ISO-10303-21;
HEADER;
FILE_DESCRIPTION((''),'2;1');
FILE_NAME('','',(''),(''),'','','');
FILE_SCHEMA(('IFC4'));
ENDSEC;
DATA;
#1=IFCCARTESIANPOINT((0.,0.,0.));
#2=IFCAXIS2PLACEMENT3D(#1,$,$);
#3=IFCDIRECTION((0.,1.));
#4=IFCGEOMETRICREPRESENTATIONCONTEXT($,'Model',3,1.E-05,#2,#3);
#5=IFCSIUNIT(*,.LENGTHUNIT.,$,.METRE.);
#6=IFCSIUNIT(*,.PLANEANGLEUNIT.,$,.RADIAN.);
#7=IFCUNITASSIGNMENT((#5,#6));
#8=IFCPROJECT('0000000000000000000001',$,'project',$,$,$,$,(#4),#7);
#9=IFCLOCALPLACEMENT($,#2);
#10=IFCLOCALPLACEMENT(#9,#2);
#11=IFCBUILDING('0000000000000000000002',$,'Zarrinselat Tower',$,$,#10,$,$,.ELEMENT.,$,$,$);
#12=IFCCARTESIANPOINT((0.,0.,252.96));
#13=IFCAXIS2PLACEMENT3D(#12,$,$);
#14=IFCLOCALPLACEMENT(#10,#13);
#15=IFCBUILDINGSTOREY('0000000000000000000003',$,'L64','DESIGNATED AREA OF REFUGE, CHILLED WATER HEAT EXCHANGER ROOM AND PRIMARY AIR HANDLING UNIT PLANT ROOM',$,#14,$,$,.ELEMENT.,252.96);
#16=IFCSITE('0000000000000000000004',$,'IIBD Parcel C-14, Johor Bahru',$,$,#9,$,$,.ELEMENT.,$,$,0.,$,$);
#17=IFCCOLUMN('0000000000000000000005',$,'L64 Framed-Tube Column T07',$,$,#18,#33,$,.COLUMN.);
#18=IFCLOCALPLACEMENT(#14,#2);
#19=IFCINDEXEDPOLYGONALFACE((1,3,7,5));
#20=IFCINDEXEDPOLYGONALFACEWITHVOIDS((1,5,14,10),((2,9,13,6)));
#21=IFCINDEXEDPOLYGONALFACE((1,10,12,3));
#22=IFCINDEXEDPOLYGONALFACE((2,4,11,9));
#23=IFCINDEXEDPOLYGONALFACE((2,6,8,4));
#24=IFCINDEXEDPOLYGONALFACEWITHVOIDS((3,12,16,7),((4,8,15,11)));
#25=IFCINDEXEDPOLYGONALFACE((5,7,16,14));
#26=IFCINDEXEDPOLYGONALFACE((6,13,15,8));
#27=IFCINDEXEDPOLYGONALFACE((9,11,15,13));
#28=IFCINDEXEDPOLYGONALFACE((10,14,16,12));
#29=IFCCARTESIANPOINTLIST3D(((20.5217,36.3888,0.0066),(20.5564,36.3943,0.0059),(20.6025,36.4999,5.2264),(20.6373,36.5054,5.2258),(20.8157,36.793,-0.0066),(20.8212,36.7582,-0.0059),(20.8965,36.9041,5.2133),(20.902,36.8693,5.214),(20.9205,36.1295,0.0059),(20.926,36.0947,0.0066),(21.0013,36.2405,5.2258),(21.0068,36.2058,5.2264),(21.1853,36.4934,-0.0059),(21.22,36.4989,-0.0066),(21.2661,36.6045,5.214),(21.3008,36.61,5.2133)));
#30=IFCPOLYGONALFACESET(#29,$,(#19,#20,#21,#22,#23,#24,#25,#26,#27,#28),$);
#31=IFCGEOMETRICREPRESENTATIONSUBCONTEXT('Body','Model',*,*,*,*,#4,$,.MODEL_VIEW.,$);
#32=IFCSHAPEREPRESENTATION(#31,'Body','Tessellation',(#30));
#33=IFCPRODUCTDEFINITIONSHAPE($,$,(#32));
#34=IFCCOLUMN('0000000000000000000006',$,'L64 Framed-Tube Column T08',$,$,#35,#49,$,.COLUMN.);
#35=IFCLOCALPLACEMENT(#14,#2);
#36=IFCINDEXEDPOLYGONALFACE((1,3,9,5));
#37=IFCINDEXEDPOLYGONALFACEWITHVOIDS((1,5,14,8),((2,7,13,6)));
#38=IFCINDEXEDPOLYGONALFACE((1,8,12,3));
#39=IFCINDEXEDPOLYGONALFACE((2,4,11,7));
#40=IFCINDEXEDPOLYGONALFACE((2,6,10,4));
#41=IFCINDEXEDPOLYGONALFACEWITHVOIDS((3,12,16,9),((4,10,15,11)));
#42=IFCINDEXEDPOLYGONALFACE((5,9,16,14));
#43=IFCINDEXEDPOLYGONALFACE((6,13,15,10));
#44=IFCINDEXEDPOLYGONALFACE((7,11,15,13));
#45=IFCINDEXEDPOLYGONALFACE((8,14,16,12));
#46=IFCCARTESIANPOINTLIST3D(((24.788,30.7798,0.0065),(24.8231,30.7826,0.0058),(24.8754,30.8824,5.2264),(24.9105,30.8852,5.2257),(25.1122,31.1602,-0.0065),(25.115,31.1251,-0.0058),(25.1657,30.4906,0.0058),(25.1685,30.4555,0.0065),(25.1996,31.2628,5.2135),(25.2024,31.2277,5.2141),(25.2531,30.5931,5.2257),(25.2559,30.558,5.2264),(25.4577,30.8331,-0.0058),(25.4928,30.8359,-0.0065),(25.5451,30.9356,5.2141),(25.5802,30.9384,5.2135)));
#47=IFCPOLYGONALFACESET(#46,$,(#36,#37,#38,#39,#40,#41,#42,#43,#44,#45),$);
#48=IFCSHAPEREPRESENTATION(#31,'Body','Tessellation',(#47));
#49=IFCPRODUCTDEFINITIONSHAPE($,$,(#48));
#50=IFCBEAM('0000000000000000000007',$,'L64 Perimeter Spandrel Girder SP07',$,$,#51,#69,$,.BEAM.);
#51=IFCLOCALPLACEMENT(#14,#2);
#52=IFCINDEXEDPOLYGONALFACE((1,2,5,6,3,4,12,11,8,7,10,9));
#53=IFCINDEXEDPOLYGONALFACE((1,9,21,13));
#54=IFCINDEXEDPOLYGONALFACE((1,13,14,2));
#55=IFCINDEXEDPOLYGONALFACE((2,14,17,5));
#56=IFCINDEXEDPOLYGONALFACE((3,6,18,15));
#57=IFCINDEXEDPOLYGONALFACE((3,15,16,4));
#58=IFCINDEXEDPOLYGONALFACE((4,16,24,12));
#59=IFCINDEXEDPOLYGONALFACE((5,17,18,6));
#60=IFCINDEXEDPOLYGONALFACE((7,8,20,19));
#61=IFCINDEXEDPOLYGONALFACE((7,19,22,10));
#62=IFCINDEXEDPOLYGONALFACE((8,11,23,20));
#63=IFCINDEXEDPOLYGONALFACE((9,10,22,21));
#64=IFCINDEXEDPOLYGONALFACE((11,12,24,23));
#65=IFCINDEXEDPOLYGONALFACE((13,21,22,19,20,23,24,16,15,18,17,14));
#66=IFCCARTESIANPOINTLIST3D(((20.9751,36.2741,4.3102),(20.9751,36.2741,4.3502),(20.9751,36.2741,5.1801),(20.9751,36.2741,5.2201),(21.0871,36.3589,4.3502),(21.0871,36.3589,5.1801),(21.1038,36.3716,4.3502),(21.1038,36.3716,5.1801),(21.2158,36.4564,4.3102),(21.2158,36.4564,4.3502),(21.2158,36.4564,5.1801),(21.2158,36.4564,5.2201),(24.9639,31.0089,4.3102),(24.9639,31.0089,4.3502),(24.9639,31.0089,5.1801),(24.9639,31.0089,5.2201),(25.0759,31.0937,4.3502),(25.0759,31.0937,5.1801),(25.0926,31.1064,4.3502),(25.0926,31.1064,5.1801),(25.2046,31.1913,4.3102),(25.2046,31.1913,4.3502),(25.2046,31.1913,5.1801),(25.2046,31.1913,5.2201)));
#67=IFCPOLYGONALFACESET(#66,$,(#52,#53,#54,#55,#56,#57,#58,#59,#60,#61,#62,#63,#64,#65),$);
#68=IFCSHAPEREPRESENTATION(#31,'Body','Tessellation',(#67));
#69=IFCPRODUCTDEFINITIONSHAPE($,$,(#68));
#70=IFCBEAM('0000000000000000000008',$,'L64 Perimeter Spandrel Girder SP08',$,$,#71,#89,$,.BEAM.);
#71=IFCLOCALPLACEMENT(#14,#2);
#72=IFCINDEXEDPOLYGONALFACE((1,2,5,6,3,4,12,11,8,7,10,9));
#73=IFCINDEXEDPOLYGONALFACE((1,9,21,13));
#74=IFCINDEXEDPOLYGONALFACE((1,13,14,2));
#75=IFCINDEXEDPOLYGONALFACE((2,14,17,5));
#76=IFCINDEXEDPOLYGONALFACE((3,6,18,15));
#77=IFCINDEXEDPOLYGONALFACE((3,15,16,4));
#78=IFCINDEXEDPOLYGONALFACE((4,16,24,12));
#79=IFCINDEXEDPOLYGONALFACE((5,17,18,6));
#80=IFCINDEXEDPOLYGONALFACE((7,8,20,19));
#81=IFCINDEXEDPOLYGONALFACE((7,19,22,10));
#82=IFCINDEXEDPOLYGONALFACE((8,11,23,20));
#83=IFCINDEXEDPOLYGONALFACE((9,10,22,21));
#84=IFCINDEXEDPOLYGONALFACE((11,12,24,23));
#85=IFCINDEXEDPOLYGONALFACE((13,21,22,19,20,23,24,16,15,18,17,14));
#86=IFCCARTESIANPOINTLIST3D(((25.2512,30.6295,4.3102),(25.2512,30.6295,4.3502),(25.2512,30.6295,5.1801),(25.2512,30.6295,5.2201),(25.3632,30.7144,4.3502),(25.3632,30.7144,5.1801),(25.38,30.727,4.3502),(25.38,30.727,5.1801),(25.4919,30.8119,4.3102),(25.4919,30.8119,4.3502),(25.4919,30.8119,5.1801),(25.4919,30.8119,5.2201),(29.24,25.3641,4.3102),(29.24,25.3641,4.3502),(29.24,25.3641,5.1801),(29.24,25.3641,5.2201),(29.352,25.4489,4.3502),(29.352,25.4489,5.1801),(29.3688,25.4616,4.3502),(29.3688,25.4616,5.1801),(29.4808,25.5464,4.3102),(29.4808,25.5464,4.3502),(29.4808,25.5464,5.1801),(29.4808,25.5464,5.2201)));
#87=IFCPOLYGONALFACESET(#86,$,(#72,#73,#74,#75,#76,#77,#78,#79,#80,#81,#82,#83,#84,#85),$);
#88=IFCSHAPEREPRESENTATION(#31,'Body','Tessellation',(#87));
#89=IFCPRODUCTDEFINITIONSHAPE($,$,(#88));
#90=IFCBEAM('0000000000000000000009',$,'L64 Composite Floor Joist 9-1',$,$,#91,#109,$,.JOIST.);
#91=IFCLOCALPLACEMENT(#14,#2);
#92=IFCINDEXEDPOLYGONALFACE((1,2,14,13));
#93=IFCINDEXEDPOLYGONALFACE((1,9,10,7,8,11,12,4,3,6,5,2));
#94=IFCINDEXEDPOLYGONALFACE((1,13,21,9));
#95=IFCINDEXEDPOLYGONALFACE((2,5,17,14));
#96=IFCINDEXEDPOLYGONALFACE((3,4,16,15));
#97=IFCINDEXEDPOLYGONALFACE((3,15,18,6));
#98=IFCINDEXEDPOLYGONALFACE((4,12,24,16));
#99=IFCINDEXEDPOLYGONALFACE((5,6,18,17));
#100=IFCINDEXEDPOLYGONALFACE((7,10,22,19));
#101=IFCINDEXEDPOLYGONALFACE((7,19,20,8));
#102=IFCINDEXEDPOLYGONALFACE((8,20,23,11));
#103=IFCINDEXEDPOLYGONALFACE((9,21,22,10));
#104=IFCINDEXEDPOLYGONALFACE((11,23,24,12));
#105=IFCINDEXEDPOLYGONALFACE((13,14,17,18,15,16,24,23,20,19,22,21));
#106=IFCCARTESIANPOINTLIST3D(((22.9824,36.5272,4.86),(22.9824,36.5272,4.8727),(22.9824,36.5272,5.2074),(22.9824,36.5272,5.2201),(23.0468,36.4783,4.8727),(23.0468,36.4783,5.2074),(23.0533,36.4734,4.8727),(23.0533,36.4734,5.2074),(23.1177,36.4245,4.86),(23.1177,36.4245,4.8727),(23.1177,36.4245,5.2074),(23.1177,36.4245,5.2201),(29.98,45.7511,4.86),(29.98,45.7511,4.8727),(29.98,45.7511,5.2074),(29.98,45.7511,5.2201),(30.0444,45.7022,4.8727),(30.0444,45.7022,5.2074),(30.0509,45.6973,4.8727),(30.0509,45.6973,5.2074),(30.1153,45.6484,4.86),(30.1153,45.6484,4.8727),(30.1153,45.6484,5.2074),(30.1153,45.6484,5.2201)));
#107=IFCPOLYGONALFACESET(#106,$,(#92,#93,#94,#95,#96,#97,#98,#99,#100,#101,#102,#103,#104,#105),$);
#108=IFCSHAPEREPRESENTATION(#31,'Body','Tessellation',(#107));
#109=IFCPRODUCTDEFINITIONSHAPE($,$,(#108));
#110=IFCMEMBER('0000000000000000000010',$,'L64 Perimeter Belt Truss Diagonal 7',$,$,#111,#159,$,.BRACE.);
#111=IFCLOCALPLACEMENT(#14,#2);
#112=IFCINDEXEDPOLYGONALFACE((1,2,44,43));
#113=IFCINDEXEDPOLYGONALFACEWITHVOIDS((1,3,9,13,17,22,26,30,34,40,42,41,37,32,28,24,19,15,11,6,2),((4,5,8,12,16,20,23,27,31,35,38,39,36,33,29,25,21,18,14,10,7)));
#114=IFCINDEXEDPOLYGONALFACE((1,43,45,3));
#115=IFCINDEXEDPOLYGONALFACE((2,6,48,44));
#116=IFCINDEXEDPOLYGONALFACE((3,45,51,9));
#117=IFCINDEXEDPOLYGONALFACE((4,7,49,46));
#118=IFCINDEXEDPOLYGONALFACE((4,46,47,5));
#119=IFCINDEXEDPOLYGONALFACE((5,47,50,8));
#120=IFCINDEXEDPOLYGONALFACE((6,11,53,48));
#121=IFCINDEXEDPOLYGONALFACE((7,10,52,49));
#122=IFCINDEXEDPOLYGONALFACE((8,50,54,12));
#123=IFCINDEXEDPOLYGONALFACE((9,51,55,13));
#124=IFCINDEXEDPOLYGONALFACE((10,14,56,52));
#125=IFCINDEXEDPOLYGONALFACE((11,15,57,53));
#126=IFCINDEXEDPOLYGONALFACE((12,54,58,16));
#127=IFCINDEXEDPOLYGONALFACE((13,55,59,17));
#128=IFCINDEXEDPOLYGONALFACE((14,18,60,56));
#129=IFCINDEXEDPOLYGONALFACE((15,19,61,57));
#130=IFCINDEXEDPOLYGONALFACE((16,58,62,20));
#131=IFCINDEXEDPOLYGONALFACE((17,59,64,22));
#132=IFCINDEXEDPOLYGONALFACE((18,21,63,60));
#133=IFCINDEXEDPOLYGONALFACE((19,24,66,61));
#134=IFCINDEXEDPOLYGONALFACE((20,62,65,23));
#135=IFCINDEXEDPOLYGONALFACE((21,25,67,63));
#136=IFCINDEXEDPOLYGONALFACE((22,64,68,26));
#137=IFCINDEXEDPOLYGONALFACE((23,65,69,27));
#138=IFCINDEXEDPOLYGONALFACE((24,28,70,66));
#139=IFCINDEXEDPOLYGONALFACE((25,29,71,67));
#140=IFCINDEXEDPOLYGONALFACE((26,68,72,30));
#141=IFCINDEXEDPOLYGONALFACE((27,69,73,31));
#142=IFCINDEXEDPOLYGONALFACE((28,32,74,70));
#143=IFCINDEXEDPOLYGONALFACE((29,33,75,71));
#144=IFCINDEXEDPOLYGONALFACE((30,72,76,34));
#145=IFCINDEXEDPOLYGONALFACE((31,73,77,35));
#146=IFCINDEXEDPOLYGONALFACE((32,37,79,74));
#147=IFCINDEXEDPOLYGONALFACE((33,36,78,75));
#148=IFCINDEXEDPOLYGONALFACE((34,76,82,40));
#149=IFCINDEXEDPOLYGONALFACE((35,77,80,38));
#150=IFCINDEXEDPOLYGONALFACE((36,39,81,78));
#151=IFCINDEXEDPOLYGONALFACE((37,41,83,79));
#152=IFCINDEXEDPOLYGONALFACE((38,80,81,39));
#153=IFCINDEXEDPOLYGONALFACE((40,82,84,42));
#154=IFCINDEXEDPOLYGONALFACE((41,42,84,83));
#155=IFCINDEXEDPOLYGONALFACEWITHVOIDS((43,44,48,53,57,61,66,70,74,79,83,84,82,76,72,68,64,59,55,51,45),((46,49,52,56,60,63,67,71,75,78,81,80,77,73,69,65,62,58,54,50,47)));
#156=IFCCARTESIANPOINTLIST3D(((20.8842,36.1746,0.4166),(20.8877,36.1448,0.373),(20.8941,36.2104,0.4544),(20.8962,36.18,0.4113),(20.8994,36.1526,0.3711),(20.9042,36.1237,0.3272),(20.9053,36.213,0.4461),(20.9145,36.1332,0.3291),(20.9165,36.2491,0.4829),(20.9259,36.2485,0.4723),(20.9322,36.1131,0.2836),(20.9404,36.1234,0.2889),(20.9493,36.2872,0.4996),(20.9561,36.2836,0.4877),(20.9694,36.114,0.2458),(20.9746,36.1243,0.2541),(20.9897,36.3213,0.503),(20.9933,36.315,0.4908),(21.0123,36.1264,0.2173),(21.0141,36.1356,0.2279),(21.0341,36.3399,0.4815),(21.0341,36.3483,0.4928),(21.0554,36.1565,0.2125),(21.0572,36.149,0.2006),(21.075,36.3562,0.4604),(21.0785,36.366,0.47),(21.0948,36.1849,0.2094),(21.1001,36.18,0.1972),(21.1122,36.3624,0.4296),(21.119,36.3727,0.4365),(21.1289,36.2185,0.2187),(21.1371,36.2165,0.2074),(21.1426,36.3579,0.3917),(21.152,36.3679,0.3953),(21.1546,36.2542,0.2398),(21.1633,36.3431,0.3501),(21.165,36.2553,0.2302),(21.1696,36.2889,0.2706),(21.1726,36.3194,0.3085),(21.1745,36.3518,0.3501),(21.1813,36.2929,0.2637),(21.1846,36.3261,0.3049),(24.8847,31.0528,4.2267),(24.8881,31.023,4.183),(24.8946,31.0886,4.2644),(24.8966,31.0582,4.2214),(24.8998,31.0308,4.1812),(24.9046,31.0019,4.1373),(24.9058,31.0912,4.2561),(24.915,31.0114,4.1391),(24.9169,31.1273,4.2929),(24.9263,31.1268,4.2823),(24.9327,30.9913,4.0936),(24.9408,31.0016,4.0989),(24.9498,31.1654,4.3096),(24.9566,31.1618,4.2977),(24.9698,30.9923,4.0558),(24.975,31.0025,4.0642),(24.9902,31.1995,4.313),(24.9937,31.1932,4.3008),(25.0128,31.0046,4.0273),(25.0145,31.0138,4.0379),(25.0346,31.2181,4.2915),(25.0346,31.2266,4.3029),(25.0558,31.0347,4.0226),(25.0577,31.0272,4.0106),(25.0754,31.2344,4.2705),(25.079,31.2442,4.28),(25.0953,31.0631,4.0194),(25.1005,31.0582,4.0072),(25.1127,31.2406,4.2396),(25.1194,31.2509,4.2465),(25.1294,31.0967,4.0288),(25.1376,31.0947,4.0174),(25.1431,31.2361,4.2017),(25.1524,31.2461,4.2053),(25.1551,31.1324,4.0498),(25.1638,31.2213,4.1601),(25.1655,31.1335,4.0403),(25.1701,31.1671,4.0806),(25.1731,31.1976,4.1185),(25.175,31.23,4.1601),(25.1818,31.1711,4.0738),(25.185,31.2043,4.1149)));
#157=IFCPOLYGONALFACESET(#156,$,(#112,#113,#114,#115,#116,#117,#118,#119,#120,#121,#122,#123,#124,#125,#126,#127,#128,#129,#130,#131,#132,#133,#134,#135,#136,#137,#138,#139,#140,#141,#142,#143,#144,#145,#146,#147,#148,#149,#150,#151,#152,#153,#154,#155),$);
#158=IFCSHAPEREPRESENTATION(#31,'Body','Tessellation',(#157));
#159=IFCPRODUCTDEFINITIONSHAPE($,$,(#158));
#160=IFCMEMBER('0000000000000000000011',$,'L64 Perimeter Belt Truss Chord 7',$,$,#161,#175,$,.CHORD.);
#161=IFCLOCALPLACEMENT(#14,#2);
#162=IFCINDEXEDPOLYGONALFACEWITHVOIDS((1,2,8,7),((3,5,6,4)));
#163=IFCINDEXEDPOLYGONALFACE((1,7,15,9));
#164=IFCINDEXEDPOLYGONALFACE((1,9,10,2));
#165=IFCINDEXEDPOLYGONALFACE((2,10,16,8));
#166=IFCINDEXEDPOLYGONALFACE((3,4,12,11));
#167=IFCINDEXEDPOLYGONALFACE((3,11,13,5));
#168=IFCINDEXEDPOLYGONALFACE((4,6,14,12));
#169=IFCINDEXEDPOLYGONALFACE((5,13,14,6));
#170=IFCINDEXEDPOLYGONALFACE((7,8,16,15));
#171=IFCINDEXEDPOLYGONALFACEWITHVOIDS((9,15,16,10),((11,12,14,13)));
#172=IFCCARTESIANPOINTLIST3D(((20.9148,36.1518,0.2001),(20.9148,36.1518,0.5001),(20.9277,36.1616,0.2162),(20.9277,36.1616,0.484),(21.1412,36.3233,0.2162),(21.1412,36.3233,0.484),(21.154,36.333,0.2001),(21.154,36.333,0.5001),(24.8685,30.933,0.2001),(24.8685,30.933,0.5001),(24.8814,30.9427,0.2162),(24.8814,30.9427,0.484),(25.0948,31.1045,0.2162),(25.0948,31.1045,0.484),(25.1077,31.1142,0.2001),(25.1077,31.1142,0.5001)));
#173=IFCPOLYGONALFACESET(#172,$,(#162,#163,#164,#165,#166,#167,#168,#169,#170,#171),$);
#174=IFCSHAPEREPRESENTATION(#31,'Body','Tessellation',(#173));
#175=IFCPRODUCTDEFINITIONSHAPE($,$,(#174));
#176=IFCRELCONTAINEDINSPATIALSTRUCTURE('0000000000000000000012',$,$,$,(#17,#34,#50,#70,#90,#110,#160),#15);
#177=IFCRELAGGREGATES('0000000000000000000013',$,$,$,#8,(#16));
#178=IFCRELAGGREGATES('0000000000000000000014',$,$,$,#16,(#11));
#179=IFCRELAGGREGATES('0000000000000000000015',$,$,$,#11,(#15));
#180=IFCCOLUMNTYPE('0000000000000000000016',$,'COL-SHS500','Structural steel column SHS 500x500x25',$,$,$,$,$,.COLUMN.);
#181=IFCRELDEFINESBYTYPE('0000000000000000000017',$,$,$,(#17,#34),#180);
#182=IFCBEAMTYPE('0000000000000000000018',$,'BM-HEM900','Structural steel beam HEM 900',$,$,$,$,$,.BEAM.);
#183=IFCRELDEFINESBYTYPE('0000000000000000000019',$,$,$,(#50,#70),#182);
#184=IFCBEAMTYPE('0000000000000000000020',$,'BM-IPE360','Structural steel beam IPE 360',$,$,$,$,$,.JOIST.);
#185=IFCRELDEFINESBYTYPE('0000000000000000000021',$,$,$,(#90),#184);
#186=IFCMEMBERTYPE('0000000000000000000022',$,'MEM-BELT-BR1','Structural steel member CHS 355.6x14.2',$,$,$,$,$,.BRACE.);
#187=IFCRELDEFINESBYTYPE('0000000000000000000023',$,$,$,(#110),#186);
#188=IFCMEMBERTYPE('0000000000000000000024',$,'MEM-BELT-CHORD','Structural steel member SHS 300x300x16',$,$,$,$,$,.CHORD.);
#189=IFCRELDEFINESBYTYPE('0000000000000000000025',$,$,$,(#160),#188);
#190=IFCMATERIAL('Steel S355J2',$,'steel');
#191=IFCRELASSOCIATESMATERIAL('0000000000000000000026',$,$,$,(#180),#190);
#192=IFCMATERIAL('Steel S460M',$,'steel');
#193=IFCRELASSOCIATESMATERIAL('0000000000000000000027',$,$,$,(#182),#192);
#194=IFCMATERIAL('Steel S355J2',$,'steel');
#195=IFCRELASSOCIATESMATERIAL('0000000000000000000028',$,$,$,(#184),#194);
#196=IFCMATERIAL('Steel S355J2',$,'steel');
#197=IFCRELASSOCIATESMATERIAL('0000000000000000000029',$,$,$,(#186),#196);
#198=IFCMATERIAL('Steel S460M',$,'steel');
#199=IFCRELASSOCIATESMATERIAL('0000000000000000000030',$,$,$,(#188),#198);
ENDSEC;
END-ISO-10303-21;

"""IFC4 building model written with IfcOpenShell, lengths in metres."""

from ifc_helpers import new_model, si_unit, direction, frame, origin, origin_2d, place, context, subcontext, project, spatial, hollow_rectangle, hollow_circle, i_section, extrude, material, material_profile, profile_set, type_object, element, save


model = new_model("IFC4")

# Units and contexts
model_context = context("Model", 3, precision=1e-05, world=origin(), true_north=direction((0.0, 1.0)))
body_context = subcontext(model_context, "Body", "Model", "MODEL_VIEW")
ifc_project = project(units=[si_unit("LENGTHUNIT", "METRE"), si_unit("PLANEANGLEUNIT", "RADIAN")], contexts=[model_context])

# Site, building, storey
site_placement = place(None, origin())
site = spatial("IfcSite", under=ifc_project, at=site_placement, Name="IIBD Parcel C-14, Johor Bahru", CompositionType="ELEMENT", RefElevation=0.0)
building_placement = place(site_placement, origin())
building = spatial("IfcBuilding", under=site, at=building_placement, Name="Zarrinselat Tower", CompositionType="ELEMENT")
storey_placement = place(building_placement, frame((0.0, 0.0, 252.96)))
storey = spatial("IfcBuildingStorey", under=building, at=storey_placement, Name="L64", Description="DESIGNATED AREA OF REFUGE, CHILLED WATER HEAT EXCHANGER ROOM AND PRIMARY AIR HANDLING UNIT PLANT ROOM", CompositionType="ELEMENT", Elevation=252.96)

# Columns
ifc_material_1 = material(Name="Steel S355J2", Category="steel")
ifc_material_profile_1 = material_profile(ifc_material_1, hollow_rectangle(XDim=0.5, YDim=0.5, WallThickness=0.0249, at=origin_2d()), Name="SHS 500x500x25")
ifc_profile_set_1 = profile_set([ifc_material_profile_1], Name="Steel S355J2")
column_type = type_object("IfcColumnType", Name="COL-SHS500", Description="Structural steel column SHS 500x500x25", PredefinedType="COLUMN", material=ifc_profile_set_1)
for number, where, z_axis, x_axis, name in (
    (1, (20.8708, 36.4438, 0.0), (0.015476, 0.021273, 0.999654), (-0.808659, 0.588277, 0.0), "L64 Framed-Tube Column T07"),
    (2, (25.1404, 30.8079, 0.0), (0.016738, 0.019637, 0.999667), (-0.761044, 0.6487, 0.0), "L64 Framed-Tube Column T08"),
):
    element("IfcColumn", number, at=place(storey_placement, frame(where, z_axis=z_axis, x_axis=x_axis)), inside=storey, type_object=column_type, Name=name, PredefinedType="COLUMN", context=body_context, shape_type="SweptSolid", body=[
        extrude(hollow_rectangle(XDim=0.5, YDim=0.5, WallThickness=0.0249, at=origin_2d()), origin(), (0.0, 0.0, 1.0), 5.2217),
    ])

# Beams
ifc_material_2 = material(Name="Steel S460M", Category="steel")
ifc_material_profile_2 = material_profile(ifc_material_2, i_section(OverallWidth=0.302, OverallDepth=0.9099, WebThickness=0.021, FlangeThickness=0.04, at=origin_2d()), Name="HEM 900")
ifc_profile_set_2 = profile_set([ifc_material_profile_2], Name="Steel S460M")
beam_type_1 = type_object("IfcBeamType", Name="BM-HEM900", Description="Structural steel beam HEM 900", PredefinedType="BEAM", material=ifc_profile_set_2)
beam_1_placement = place(storey_placement, frame((21.0955, 36.3652, 4.7651), z_axis=(0.603861, -0.79709, 0.0), x_axis=(0.79709, 0.603861, 0.0)))
element("IfcBeam", 3, at=beam_1_placement, inside=storey, type_object=beam_type_1, Name="L64 Perimeter Spandrel Girder SP07", PredefinedType="BEAM", context=body_context, shape_type="SweptSolid", body=[
    extrude(i_section(OverallWidth=0.302, OverallDepth=0.9099, WebThickness=0.021, FlangeThickness=0.04, at=origin_2d()), origin(), (0.0, 0.0, 1.0), 6.6055),
])
beam_2_placement = place(storey_placement, frame((25.3716, 30.7207, 4.7651), z_axis=(0.603843, -0.797103, 0.0), x_axis=(0.797103, 0.603843, 0.0)))
element("IfcBeam", 4, at=beam_2_placement, inside=storey, type_object=beam_type_1, Name="L64 Perimeter Spandrel Girder SP08", PredefinedType="BEAM", context=body_context, shape_type="SweptSolid", body=[
    extrude(i_section(OverallWidth=0.302, OverallDepth=0.9099, WebThickness=0.021, FlangeThickness=0.04, at=origin_2d()), origin(), (0.0, 0.0, 1.0), 6.6057),
])
ifc_material_3 = material(Name="Steel S355J2", Category="steel")
ifc_material_profile_3 = material_profile(ifc_material_3, i_section(OverallWidth=0.1699, OverallDepth=0.3601, WebThickness=0.0081, FlangeThickness=0.0127, at=origin_2d()), Name="IPE 360")
ifc_profile_set_3 = profile_set([ifc_material_profile_3], Name="Steel S355J2")
beam_type_2 = type_object("IfcBeamType", Name="BM-IPE360", Description="Structural steel beam IPE 360", PredefinedType="JOIST", material=ifc_profile_set_3)
beam_3_placement = place(storey_placement, frame((23.05, 36.4758, 5.04), z_axis=(0.604394, 0.796686, 0.0), x_axis=(-0.796686, 0.604394, 0.0)))
element("IfcBeam", 5, at=beam_3_placement, inside=storey, type_object=beam_type_2, Name="L64 Composite Floor Joist 9-1", PredefinedType="JOIST", context=body_context, shape_type="SweptSolid", body=[
    extrude(i_section(OverallWidth=0.1699, OverallDepth=0.3601, WebThickness=0.0081, FlangeThickness=0.0127, at=origin_2d()), origin(), (0.0, 0.0, 1.0), 11.5779),
])

# Members
ifc_material_4 = material(Name="Steel S355J2", Category="steel")
ifc_material_profile_4 = material_profile(ifc_material_4, hollow_circle(Radius=0.1777, WallThickness=0.0142, at=origin_2d()), Name="CHS 355.6x14.2")
ifc_profile_set_4 = profile_set([ifc_material_profile_4], Name="Steel S355J2")
member_type_1 = type_object("IfcMemberType", Name="MEM-BELT-BR1", Description="Structural steel member CHS 355.6x14.2", PredefinedType="BRACE", material=ifc_profile_set_4)
member_1_placement = place(storey_placement, frame((21.0344, 36.2424, 0.3501), z_axis=(0.531027, -0.679874, 0.505749), x_axis=(0.788094, 0.615554, 0.0)))
element("IfcMember", 6, at=member_1_placement, inside=storey, type_object=member_type_1, Name="L64 Perimeter Belt Truss Diagonal 7", PredefinedType="BRACE", context=body_context, shape_type="SweptSolid", body=[
    extrude(hollow_circle(Radius=0.1777, WallThickness=0.0142, at=origin_2d()), origin(), (0.0, 0.0, 1.0), 7.5334),
])
ifc_material_5 = material(Name="Steel S460M", Category="steel")
ifc_material_profile_5 = material_profile(ifc_material_5, hollow_rectangle(XDim=0.3, YDim=0.3, WallThickness=0.0161, at=origin_2d()), Name="SHS 300x300x16")
ifc_profile_set_5 = profile_set([ifc_material_profile_5], Name="Steel S460M")
member_type_2 = type_object("IfcMemberType", Name="MEM-BELT-CHORD", Description="Structural steel member SHS 300x300x16", PredefinedType="CHORD", material=ifc_profile_set_5)
member_2_placement = place(storey_placement, frame((21.0344, 36.2424, 0.3501), z_axis=(0.603859, -0.797091, 0.0), x_axis=(0.797091, 0.603859, 0.0)))
element("IfcMember", 7, at=member_2_placement, inside=storey, type_object=member_type_2, Name="L64 Perimeter Belt Truss Chord 7", PredefinedType="CHORD", context=body_context, shape_type="SweptSolid", body=[
    extrude(hollow_rectangle(XDim=0.3, YDim=0.3, WallThickness=0.0161, at=origin_2d()), origin(), (0.0, 0.0, 1.0), 6.5474),
])

save(model, "model.ifc")
